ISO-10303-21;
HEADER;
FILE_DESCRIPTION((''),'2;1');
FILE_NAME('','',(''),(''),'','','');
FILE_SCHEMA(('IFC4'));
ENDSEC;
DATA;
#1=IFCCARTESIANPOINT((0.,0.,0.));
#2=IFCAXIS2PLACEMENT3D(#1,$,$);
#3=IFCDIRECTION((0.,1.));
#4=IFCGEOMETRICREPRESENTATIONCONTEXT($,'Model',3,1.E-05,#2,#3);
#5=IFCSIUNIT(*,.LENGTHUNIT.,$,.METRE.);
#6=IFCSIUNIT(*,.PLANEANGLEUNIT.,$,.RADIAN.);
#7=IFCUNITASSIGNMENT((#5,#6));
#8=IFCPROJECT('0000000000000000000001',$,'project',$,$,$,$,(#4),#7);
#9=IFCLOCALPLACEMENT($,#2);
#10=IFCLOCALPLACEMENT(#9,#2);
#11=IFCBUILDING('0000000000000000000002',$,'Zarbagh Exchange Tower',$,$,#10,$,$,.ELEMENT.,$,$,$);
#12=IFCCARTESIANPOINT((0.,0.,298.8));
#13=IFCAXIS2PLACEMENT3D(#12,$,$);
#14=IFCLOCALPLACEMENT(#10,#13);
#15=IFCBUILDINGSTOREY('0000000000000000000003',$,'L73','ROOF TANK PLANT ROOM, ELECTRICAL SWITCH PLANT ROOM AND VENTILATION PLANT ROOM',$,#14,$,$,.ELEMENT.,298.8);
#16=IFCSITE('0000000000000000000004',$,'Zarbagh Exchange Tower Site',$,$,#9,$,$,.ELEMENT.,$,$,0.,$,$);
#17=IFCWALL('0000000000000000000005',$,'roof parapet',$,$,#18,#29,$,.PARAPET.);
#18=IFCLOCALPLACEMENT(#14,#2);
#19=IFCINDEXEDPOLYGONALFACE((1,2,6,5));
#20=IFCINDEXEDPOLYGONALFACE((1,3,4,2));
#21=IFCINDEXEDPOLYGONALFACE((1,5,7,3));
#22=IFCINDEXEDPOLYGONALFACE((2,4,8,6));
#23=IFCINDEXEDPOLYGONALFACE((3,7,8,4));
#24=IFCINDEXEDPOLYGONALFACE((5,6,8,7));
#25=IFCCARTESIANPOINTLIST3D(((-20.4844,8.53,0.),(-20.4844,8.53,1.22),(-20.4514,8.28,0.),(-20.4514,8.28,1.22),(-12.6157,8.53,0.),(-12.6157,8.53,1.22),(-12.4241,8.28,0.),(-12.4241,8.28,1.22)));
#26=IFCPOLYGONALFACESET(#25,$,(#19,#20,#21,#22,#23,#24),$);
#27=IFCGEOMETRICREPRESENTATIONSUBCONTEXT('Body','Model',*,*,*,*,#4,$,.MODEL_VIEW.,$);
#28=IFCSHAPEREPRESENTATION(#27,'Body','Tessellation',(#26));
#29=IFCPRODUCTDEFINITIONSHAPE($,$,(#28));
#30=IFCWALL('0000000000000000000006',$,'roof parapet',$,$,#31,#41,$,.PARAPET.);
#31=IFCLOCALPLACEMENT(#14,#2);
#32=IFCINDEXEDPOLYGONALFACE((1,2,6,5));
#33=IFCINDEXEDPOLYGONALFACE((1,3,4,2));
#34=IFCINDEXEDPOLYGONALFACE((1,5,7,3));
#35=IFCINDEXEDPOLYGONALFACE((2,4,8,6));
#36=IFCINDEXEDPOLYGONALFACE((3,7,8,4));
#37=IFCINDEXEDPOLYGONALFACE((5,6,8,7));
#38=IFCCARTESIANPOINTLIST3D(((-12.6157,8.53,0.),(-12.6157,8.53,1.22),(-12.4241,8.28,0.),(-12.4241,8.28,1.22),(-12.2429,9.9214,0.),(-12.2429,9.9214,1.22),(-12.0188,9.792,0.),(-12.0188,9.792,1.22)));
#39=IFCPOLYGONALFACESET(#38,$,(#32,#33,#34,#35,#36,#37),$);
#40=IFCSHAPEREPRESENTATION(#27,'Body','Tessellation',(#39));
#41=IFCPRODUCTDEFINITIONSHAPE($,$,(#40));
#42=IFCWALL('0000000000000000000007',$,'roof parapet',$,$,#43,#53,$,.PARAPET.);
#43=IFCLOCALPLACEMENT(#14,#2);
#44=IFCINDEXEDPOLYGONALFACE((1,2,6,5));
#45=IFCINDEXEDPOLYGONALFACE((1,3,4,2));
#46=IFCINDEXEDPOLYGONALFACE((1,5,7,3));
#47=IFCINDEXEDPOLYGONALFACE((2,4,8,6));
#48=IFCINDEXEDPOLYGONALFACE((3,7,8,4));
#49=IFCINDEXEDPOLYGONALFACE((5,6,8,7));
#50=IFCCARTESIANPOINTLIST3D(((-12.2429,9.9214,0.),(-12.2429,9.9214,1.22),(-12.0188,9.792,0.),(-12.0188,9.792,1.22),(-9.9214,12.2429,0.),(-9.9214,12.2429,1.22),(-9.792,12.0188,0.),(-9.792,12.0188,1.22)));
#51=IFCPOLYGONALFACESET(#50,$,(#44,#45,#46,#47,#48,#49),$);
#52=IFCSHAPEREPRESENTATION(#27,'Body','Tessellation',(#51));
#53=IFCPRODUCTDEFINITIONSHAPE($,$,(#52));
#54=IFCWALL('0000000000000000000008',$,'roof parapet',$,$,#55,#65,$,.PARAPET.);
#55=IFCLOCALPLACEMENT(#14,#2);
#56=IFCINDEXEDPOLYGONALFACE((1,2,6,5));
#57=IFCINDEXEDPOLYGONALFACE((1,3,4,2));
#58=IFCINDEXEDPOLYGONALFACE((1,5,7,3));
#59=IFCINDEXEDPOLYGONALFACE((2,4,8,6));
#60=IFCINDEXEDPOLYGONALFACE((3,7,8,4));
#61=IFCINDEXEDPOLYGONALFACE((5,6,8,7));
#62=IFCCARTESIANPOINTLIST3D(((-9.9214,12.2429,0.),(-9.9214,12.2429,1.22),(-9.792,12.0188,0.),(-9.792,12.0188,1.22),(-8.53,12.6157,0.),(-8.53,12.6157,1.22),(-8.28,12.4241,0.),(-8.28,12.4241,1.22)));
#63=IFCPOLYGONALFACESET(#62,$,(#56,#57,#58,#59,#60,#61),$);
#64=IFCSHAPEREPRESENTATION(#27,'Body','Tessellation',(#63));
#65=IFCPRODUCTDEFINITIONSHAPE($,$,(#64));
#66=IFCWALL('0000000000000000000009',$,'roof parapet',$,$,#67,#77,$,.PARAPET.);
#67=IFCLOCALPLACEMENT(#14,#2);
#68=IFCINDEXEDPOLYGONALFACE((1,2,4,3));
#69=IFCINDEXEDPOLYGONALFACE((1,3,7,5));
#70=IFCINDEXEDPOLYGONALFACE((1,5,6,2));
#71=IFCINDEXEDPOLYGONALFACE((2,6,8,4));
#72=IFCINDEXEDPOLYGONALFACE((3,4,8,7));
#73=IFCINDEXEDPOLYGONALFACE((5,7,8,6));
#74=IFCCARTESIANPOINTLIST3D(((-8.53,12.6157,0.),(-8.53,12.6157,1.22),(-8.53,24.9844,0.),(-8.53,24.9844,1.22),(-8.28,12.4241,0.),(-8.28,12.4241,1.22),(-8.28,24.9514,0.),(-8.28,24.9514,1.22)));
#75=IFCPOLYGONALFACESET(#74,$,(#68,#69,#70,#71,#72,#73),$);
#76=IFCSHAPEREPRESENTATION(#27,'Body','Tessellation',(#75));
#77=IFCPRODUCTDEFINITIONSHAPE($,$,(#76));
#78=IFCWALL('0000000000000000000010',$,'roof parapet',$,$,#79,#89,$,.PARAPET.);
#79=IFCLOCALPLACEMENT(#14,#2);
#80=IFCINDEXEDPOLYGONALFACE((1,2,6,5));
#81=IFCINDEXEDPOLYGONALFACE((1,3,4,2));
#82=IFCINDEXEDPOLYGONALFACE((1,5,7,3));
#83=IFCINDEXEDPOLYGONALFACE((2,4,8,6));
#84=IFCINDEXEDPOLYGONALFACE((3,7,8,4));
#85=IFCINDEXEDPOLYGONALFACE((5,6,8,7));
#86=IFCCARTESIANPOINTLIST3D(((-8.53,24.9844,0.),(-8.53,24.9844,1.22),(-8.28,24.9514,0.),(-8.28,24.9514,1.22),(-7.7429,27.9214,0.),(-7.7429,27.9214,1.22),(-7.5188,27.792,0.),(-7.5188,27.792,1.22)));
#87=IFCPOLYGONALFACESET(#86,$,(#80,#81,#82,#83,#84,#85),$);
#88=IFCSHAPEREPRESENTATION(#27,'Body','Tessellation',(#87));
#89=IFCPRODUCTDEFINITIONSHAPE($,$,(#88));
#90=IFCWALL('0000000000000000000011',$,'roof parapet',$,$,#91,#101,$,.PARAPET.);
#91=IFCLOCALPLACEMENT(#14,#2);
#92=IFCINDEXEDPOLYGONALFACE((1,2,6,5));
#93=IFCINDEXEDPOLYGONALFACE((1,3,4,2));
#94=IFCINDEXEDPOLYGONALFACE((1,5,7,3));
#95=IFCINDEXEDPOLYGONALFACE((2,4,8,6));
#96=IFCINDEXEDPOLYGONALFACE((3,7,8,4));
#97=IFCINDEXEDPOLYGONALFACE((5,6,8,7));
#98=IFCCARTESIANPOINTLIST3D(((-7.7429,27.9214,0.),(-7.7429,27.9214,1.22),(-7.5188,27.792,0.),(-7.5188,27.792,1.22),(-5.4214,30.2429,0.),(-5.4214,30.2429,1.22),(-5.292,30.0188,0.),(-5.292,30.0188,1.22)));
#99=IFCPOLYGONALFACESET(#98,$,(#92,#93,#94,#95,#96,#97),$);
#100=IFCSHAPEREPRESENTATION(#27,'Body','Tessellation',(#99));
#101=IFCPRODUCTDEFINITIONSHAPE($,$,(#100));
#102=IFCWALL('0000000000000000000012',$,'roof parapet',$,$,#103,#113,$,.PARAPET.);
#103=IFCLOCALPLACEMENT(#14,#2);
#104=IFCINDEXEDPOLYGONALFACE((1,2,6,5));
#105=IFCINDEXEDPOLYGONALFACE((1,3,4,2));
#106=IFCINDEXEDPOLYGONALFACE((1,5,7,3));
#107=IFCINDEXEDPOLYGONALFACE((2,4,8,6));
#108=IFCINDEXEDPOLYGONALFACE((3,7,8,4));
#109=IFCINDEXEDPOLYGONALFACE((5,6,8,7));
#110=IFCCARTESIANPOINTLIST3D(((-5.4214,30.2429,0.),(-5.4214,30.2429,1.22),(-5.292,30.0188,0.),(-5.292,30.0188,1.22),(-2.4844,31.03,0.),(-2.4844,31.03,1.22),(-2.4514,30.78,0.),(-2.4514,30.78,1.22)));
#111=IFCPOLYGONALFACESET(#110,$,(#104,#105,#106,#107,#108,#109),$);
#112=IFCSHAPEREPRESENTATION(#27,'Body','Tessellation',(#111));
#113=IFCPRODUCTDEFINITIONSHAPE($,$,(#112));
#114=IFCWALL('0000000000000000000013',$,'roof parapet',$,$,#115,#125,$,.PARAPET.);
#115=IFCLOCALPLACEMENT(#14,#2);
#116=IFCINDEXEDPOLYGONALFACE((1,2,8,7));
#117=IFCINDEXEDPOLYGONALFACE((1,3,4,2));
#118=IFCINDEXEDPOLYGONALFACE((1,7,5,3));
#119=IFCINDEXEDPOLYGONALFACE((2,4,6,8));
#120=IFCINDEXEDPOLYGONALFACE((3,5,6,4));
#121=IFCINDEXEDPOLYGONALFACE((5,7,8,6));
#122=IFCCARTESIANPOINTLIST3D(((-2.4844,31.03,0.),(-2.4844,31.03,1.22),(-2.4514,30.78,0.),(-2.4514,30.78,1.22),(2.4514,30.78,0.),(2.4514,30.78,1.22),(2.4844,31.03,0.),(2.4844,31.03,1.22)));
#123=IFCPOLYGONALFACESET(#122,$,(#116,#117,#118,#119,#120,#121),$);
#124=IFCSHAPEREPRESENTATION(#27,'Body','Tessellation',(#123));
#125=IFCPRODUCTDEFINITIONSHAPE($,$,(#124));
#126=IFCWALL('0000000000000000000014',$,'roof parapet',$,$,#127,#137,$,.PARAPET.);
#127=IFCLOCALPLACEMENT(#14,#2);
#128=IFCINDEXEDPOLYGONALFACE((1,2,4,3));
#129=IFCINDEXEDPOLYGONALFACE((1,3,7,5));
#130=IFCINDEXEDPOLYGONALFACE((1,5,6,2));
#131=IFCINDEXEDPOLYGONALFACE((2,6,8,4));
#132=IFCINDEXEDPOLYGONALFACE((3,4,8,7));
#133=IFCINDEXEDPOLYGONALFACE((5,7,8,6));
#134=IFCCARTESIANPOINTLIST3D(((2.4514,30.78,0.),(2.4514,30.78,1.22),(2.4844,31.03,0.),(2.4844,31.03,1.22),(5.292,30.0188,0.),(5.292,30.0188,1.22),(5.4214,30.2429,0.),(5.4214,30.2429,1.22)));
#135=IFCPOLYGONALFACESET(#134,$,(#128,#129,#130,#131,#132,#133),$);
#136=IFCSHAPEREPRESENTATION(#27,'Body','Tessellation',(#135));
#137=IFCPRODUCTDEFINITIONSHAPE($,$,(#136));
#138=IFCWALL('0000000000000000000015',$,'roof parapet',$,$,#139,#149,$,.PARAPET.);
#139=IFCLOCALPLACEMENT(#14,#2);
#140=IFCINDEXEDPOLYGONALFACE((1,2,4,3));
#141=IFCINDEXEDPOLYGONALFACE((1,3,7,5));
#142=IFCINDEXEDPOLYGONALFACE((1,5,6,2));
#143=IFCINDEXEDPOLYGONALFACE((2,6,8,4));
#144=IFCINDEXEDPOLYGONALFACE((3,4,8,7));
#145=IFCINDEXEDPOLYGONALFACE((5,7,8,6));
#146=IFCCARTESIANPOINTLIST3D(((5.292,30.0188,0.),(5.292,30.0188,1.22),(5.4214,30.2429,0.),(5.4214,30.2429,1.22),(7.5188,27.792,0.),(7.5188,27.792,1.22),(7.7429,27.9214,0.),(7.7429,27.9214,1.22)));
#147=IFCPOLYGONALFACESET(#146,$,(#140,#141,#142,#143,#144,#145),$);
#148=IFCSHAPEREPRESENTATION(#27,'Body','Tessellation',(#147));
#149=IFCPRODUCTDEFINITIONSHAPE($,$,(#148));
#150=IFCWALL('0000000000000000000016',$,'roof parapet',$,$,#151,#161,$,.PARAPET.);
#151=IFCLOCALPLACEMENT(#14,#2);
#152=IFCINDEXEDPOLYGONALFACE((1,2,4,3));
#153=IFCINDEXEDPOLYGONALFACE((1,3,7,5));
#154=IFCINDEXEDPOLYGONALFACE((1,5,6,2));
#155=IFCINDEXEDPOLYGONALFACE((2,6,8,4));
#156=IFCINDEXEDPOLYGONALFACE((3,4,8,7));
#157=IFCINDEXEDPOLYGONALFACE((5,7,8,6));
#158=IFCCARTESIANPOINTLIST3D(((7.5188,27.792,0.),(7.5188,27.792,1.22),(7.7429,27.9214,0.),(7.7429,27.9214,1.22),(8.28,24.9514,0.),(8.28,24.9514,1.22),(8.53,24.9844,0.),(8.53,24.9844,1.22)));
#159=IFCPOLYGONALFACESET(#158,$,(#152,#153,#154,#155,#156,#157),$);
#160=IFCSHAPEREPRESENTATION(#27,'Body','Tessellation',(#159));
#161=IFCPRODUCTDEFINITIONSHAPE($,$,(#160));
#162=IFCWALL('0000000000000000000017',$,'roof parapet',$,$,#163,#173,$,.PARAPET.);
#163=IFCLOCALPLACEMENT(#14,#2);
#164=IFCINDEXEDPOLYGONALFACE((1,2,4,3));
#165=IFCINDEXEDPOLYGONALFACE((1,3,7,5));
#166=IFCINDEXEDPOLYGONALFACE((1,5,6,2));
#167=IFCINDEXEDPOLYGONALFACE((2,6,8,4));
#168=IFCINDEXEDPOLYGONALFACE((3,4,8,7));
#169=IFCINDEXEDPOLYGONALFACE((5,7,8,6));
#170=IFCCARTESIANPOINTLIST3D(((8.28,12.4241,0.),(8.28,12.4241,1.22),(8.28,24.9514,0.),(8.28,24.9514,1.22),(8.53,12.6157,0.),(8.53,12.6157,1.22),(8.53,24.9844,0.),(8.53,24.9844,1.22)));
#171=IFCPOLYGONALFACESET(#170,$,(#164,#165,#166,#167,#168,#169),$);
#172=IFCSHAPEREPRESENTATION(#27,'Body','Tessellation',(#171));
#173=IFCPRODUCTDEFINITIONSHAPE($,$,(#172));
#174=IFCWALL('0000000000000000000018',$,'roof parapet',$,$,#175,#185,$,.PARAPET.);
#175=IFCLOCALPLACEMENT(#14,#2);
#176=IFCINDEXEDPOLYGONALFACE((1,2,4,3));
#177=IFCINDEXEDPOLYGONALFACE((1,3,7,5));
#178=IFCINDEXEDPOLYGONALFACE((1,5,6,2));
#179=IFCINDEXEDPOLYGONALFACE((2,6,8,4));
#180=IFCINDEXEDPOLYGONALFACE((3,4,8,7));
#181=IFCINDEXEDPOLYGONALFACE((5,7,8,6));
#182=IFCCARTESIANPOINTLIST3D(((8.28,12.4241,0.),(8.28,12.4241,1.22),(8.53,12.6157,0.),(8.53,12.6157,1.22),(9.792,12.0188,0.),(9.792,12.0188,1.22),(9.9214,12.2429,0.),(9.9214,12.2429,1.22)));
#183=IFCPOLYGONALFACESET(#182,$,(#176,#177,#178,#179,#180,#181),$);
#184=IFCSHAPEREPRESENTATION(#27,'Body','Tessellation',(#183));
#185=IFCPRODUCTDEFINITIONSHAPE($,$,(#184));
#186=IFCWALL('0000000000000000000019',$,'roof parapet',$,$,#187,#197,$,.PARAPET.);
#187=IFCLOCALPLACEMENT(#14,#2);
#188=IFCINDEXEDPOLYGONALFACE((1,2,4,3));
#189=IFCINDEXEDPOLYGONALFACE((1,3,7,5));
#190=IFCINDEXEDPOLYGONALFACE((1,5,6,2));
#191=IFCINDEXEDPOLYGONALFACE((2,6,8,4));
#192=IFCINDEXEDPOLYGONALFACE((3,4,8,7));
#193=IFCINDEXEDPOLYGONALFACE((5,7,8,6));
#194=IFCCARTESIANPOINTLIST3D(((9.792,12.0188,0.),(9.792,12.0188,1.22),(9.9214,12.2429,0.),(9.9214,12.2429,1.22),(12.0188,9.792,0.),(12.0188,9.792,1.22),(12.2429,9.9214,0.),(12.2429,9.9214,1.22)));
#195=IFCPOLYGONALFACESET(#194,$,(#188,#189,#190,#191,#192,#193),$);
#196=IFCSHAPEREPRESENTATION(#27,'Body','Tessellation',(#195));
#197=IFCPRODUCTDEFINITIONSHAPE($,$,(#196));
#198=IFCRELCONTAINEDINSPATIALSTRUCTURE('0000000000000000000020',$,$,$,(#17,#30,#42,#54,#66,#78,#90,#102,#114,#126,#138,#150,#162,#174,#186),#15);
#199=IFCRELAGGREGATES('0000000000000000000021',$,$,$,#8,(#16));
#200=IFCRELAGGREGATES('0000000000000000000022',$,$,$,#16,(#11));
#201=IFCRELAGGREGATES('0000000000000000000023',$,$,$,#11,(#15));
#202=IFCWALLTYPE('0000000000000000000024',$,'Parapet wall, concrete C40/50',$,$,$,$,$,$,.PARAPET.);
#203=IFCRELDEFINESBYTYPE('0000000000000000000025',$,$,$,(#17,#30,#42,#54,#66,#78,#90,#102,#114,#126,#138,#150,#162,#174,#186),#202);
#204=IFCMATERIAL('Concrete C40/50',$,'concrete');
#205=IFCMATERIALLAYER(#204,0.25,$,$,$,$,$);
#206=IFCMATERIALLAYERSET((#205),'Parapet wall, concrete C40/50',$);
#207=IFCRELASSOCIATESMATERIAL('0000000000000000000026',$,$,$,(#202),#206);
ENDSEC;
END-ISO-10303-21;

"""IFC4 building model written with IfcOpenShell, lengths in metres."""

from ifc_helpers import new_model, si_unit, direction, frame, origin, place, context, subcontext, project, spatial, polyline, outline, extrude, material, layer, layer_set, type_object, element, save


model = new_model("IFC4")

# Units and contexts
model_context = context("Model", 3, precision=1e-05, world=origin(), true_north=direction((0.0, 1.0)))
body_context = subcontext(model_context, "Body", "Model", "MODEL_VIEW")
ifc_project = project(units=[si_unit("LENGTHUNIT", "METRE"), si_unit("PLANEANGLEUNIT", "RADIAN")], contexts=[model_context])

# Site, building, storey
site_placement = place(None, origin())
site = spatial("IfcSite", under=ifc_project, at=site_placement, Name="Zarbagh Exchange Tower Site", CompositionType="ELEMENT", RefElevation=0.0)
building_placement = place(site_placement, origin())
building = spatial("IfcBuilding", under=site, at=building_placement, Name="Zarbagh Exchange Tower", CompositionType="ELEMENT")
storey_placement = place(building_placement, frame((0.0, 0.0, 298.8)))
storey = spatial("IfcBuildingStorey", under=building, at=storey_placement, Name="L73", Description="ROOF TANK PLANT ROOM, ELECTRICAL SWITCH PLANT ROOM AND VENTILATION PLANT ROOM", CompositionType="ELEMENT", Elevation=298.8)

# Walls
ifc_material = material(Name="Concrete C40/50", Category="concrete")
ifc_layer = layer(ifc_material, 0.25)
ifc_layer_set = layer_set([ifc_layer], Name="Parapet wall, concrete C40/50")
wall_type = type_object("IfcWallType", Name="Parapet wall, concrete C40/50", PredefinedType="PARAPET", material=ifc_layer_set)
wall_1_placement = place(storey_placement, origin())
element("IfcWall", 1, at=wall_1_placement, inside=storey, type_object=wall_type, Name="roof parapet", PredefinedType="PARAPET", context=body_context, shape_type="SweptSolid", body=[
    extrude(outline(polyline([(-20.4844, 8.53), (-12.6157, 8.53), (-12.4241, 8.28), (-20.4514, 8.28), (-20.4844, 8.53)])), origin(), (0.0, 0.0, 1.0), 1.22),
])
wall_2_placement = place(storey_placement, origin())
element("IfcWall", 2, at=wall_2_placement, inside=storey, type_object=wall_type, Name="roof parapet", PredefinedType="PARAPET", context=body_context, shape_type="SweptSolid", body=[
    extrude(outline(polyline([(-12.6157, 8.53), (-12.2429, 9.9214), (-12.0188, 9.792), (-12.4241, 8.28), (-12.6157, 8.53)])), origin(), (0.0, 0.0, 1.0), 1.22),
])
wall_3_placement = place(storey_placement, origin())
element("IfcWall", 3, at=wall_3_placement, inside=storey, type_object=wall_type, Name="roof parapet", PredefinedType="PARAPET", context=body_context, shape_type="SweptSolid", body=[
    extrude(outline(polyline([(-12.2429, 9.9214), (-9.9214, 12.2429), (-9.792, 12.0188), (-12.0188, 9.792), (-12.2429, 9.9214)])), origin(), (0.0, 0.0, 1.0), 1.22),
])
wall_4_placement = place(storey_placement, origin())
element("IfcWall", 4, at=wall_4_placement, inside=storey, type_object=wall_type, Name="roof parapet", PredefinedType="PARAPET", context=body_context, shape_type="SweptSolid", body=[
    extrude(outline(polyline([(-9.9214, 12.2429), (-8.53, 12.6157), (-8.28, 12.4241), (-9.792, 12.0188), (-9.9214, 12.2429)])), origin(), (0.0, 0.0, 1.0), 1.22),
])
wall_5_placement = place(storey_placement, origin())
element("IfcWall", 5, at=wall_5_placement, inside=storey, type_object=wall_type, Name="roof parapet", PredefinedType="PARAPET", context=body_context, shape_type="SweptSolid", body=[
    extrude(outline(polyline([(-8.53, 12.6157), (-8.53, 24.9844), (-8.28, 24.9514), (-8.28, 12.4241), (-8.53, 12.6157)])), origin(), (0.0, 0.0, 1.0), 1.22),
])
wall_6_placement = place(storey_placement, origin())
element("IfcWall", 6, at=wall_6_placement, inside=storey, type_object=wall_type, Name="roof parapet", PredefinedType="PARAPET", context=body_context, shape_type="SweptSolid", body=[
    extrude(outline(polyline([(-8.53, 24.9844), (-7.7429, 27.9214), (-7.5188, 27.792), (-8.28, 24.9514), (-8.53, 24.9844)])), origin(), (0.0, 0.0, 1.0), 1.22),
])
wall_7_placement = place(storey_placement, origin())
element("IfcWall", 7, at=wall_7_placement, inside=storey, type_object=wall_type, Name="roof parapet", PredefinedType="PARAPET", context=body_context, shape_type="SweptSolid", body=[
    extrude(outline(polyline([(-7.7429, 27.9214), (-5.4214, 30.2429), (-5.292, 30.0188), (-7.5188, 27.792), (-7.7429, 27.9214)])), origin(), (0.0, 0.0, 1.0), 1.22),
])
wall_8_placement = place(storey_placement, origin())
element("IfcWall", 8, at=wall_8_placement, inside=storey, type_object=wall_type, Name="roof parapet", PredefinedType="PARAPET", context=body_context, shape_type="SweptSolid", body=[
    extrude(outline(polyline([(-5.4214, 30.2429), (-2.4844, 31.03), (-2.4514, 30.78), (-5.292, 30.0188), (-5.4214, 30.2429)])), origin(), (0.0, 0.0, 1.0), 1.22),
])
wall_9_placement = place(storey_placement, origin())
element("IfcWall", 9, at=wall_9_placement, inside=storey, type_object=wall_type, Name="roof parapet", PredefinedType="PARAPET", context=body_context, shape_type="SweptSolid", body=[
    extrude(outline(polyline([(-2.4844, 31.03), (2.4844, 31.03), (2.4514, 30.78), (-2.4514, 30.78), (-2.4844, 31.03)])), origin(), (0.0, 0.0, 1.0), 1.22),
])
wall_10_placement = place(storey_placement, origin())
element("IfcWall", 10, at=wall_10_placement, inside=storey, type_object=wall_type, Name="roof parapet", PredefinedType="PARAPET", context=body_context, shape_type="SweptSolid", body=[
    extrude(outline(polyline([(2.4844, 31.03), (5.4214, 30.2429), (5.292, 30.0188), (2.4514, 30.78), (2.4844, 31.03)])), origin(), (0.0, 0.0, 1.0), 1.22),
])
wall_11_placement = place(storey_placement, origin())
element("IfcWall", 11, at=wall_11_placement, inside=storey, type_object=wall_type, Name="roof parapet", PredefinedType="PARAPET", context=body_context, shape_type="SweptSolid", body=[
    extrude(outline(polyline([(5.4214, 30.2429), (7.7429, 27.9214), (7.5188, 27.792), (5.292, 30.0188), (5.4214, 30.2429)])), origin(), (0.0, 0.0, 1.0), 1.22),
])
wall_12_placement = place(storey_placement, origin())
element("IfcWall", 12, at=wall_12_placement, inside=storey, type_object=wall_type, Name="roof parapet", PredefinedType="PARAPET", context=body_context, shape_type="SweptSolid", body=[
    extrude(outline(polyline([(7.7429, 27.9214), (8.53, 24.9844), (8.28, 24.9514), (7.5188, 27.792), (7.7429, 27.9214)])), origin(), (0.0, 0.0, 1.0), 1.22),
])
wall_13_placement = place(storey_placement, origin())
element("IfcWall", 13, at=wall_13_placement, inside=storey, type_object=wall_type, Name="roof parapet", PredefinedType="PARAPET", context=body_context, shape_type="SweptSolid", body=[
    extrude(outline(polyline([(8.53, 24.9844), (8.53, 12.6157), (8.28, 12.4241), (8.28, 24.9514), (8.53, 24.9844)])), origin(), (0.0, 0.0, 1.0), 1.22),
])
wall_14_placement = place(storey_placement, origin())
element("IfcWall", 14, at=wall_14_placement, inside=storey, type_object=wall_type, Name="roof parapet", PredefinedType="PARAPET", context=body_context, shape_type="SweptSolid", body=[
    extrude(outline(polyline([(8.53, 12.6157), (9.9214, 12.2429), (9.792, 12.0188), (8.28, 12.4241), (8.53, 12.6157)])), origin(), (0.0, 0.0, 1.0), 1.22),
])
wall_15_placement = place(storey_placement, origin())
element("IfcWall", 15, at=wall_15_placement, inside=storey, type_object=wall_type, Name="roof parapet", PredefinedType="PARAPET", context=body_context, shape_type="SweptSolid", body=[
    extrude(outline(polyline([(9.9214, 12.2429), (12.2429, 9.9214), (12.0188, 9.792), (9.792, 12.0188), (9.9214, 12.2429)])), origin(), (0.0, 0.0, 1.0), 1.22),
])

save(model, "model.ifc")
